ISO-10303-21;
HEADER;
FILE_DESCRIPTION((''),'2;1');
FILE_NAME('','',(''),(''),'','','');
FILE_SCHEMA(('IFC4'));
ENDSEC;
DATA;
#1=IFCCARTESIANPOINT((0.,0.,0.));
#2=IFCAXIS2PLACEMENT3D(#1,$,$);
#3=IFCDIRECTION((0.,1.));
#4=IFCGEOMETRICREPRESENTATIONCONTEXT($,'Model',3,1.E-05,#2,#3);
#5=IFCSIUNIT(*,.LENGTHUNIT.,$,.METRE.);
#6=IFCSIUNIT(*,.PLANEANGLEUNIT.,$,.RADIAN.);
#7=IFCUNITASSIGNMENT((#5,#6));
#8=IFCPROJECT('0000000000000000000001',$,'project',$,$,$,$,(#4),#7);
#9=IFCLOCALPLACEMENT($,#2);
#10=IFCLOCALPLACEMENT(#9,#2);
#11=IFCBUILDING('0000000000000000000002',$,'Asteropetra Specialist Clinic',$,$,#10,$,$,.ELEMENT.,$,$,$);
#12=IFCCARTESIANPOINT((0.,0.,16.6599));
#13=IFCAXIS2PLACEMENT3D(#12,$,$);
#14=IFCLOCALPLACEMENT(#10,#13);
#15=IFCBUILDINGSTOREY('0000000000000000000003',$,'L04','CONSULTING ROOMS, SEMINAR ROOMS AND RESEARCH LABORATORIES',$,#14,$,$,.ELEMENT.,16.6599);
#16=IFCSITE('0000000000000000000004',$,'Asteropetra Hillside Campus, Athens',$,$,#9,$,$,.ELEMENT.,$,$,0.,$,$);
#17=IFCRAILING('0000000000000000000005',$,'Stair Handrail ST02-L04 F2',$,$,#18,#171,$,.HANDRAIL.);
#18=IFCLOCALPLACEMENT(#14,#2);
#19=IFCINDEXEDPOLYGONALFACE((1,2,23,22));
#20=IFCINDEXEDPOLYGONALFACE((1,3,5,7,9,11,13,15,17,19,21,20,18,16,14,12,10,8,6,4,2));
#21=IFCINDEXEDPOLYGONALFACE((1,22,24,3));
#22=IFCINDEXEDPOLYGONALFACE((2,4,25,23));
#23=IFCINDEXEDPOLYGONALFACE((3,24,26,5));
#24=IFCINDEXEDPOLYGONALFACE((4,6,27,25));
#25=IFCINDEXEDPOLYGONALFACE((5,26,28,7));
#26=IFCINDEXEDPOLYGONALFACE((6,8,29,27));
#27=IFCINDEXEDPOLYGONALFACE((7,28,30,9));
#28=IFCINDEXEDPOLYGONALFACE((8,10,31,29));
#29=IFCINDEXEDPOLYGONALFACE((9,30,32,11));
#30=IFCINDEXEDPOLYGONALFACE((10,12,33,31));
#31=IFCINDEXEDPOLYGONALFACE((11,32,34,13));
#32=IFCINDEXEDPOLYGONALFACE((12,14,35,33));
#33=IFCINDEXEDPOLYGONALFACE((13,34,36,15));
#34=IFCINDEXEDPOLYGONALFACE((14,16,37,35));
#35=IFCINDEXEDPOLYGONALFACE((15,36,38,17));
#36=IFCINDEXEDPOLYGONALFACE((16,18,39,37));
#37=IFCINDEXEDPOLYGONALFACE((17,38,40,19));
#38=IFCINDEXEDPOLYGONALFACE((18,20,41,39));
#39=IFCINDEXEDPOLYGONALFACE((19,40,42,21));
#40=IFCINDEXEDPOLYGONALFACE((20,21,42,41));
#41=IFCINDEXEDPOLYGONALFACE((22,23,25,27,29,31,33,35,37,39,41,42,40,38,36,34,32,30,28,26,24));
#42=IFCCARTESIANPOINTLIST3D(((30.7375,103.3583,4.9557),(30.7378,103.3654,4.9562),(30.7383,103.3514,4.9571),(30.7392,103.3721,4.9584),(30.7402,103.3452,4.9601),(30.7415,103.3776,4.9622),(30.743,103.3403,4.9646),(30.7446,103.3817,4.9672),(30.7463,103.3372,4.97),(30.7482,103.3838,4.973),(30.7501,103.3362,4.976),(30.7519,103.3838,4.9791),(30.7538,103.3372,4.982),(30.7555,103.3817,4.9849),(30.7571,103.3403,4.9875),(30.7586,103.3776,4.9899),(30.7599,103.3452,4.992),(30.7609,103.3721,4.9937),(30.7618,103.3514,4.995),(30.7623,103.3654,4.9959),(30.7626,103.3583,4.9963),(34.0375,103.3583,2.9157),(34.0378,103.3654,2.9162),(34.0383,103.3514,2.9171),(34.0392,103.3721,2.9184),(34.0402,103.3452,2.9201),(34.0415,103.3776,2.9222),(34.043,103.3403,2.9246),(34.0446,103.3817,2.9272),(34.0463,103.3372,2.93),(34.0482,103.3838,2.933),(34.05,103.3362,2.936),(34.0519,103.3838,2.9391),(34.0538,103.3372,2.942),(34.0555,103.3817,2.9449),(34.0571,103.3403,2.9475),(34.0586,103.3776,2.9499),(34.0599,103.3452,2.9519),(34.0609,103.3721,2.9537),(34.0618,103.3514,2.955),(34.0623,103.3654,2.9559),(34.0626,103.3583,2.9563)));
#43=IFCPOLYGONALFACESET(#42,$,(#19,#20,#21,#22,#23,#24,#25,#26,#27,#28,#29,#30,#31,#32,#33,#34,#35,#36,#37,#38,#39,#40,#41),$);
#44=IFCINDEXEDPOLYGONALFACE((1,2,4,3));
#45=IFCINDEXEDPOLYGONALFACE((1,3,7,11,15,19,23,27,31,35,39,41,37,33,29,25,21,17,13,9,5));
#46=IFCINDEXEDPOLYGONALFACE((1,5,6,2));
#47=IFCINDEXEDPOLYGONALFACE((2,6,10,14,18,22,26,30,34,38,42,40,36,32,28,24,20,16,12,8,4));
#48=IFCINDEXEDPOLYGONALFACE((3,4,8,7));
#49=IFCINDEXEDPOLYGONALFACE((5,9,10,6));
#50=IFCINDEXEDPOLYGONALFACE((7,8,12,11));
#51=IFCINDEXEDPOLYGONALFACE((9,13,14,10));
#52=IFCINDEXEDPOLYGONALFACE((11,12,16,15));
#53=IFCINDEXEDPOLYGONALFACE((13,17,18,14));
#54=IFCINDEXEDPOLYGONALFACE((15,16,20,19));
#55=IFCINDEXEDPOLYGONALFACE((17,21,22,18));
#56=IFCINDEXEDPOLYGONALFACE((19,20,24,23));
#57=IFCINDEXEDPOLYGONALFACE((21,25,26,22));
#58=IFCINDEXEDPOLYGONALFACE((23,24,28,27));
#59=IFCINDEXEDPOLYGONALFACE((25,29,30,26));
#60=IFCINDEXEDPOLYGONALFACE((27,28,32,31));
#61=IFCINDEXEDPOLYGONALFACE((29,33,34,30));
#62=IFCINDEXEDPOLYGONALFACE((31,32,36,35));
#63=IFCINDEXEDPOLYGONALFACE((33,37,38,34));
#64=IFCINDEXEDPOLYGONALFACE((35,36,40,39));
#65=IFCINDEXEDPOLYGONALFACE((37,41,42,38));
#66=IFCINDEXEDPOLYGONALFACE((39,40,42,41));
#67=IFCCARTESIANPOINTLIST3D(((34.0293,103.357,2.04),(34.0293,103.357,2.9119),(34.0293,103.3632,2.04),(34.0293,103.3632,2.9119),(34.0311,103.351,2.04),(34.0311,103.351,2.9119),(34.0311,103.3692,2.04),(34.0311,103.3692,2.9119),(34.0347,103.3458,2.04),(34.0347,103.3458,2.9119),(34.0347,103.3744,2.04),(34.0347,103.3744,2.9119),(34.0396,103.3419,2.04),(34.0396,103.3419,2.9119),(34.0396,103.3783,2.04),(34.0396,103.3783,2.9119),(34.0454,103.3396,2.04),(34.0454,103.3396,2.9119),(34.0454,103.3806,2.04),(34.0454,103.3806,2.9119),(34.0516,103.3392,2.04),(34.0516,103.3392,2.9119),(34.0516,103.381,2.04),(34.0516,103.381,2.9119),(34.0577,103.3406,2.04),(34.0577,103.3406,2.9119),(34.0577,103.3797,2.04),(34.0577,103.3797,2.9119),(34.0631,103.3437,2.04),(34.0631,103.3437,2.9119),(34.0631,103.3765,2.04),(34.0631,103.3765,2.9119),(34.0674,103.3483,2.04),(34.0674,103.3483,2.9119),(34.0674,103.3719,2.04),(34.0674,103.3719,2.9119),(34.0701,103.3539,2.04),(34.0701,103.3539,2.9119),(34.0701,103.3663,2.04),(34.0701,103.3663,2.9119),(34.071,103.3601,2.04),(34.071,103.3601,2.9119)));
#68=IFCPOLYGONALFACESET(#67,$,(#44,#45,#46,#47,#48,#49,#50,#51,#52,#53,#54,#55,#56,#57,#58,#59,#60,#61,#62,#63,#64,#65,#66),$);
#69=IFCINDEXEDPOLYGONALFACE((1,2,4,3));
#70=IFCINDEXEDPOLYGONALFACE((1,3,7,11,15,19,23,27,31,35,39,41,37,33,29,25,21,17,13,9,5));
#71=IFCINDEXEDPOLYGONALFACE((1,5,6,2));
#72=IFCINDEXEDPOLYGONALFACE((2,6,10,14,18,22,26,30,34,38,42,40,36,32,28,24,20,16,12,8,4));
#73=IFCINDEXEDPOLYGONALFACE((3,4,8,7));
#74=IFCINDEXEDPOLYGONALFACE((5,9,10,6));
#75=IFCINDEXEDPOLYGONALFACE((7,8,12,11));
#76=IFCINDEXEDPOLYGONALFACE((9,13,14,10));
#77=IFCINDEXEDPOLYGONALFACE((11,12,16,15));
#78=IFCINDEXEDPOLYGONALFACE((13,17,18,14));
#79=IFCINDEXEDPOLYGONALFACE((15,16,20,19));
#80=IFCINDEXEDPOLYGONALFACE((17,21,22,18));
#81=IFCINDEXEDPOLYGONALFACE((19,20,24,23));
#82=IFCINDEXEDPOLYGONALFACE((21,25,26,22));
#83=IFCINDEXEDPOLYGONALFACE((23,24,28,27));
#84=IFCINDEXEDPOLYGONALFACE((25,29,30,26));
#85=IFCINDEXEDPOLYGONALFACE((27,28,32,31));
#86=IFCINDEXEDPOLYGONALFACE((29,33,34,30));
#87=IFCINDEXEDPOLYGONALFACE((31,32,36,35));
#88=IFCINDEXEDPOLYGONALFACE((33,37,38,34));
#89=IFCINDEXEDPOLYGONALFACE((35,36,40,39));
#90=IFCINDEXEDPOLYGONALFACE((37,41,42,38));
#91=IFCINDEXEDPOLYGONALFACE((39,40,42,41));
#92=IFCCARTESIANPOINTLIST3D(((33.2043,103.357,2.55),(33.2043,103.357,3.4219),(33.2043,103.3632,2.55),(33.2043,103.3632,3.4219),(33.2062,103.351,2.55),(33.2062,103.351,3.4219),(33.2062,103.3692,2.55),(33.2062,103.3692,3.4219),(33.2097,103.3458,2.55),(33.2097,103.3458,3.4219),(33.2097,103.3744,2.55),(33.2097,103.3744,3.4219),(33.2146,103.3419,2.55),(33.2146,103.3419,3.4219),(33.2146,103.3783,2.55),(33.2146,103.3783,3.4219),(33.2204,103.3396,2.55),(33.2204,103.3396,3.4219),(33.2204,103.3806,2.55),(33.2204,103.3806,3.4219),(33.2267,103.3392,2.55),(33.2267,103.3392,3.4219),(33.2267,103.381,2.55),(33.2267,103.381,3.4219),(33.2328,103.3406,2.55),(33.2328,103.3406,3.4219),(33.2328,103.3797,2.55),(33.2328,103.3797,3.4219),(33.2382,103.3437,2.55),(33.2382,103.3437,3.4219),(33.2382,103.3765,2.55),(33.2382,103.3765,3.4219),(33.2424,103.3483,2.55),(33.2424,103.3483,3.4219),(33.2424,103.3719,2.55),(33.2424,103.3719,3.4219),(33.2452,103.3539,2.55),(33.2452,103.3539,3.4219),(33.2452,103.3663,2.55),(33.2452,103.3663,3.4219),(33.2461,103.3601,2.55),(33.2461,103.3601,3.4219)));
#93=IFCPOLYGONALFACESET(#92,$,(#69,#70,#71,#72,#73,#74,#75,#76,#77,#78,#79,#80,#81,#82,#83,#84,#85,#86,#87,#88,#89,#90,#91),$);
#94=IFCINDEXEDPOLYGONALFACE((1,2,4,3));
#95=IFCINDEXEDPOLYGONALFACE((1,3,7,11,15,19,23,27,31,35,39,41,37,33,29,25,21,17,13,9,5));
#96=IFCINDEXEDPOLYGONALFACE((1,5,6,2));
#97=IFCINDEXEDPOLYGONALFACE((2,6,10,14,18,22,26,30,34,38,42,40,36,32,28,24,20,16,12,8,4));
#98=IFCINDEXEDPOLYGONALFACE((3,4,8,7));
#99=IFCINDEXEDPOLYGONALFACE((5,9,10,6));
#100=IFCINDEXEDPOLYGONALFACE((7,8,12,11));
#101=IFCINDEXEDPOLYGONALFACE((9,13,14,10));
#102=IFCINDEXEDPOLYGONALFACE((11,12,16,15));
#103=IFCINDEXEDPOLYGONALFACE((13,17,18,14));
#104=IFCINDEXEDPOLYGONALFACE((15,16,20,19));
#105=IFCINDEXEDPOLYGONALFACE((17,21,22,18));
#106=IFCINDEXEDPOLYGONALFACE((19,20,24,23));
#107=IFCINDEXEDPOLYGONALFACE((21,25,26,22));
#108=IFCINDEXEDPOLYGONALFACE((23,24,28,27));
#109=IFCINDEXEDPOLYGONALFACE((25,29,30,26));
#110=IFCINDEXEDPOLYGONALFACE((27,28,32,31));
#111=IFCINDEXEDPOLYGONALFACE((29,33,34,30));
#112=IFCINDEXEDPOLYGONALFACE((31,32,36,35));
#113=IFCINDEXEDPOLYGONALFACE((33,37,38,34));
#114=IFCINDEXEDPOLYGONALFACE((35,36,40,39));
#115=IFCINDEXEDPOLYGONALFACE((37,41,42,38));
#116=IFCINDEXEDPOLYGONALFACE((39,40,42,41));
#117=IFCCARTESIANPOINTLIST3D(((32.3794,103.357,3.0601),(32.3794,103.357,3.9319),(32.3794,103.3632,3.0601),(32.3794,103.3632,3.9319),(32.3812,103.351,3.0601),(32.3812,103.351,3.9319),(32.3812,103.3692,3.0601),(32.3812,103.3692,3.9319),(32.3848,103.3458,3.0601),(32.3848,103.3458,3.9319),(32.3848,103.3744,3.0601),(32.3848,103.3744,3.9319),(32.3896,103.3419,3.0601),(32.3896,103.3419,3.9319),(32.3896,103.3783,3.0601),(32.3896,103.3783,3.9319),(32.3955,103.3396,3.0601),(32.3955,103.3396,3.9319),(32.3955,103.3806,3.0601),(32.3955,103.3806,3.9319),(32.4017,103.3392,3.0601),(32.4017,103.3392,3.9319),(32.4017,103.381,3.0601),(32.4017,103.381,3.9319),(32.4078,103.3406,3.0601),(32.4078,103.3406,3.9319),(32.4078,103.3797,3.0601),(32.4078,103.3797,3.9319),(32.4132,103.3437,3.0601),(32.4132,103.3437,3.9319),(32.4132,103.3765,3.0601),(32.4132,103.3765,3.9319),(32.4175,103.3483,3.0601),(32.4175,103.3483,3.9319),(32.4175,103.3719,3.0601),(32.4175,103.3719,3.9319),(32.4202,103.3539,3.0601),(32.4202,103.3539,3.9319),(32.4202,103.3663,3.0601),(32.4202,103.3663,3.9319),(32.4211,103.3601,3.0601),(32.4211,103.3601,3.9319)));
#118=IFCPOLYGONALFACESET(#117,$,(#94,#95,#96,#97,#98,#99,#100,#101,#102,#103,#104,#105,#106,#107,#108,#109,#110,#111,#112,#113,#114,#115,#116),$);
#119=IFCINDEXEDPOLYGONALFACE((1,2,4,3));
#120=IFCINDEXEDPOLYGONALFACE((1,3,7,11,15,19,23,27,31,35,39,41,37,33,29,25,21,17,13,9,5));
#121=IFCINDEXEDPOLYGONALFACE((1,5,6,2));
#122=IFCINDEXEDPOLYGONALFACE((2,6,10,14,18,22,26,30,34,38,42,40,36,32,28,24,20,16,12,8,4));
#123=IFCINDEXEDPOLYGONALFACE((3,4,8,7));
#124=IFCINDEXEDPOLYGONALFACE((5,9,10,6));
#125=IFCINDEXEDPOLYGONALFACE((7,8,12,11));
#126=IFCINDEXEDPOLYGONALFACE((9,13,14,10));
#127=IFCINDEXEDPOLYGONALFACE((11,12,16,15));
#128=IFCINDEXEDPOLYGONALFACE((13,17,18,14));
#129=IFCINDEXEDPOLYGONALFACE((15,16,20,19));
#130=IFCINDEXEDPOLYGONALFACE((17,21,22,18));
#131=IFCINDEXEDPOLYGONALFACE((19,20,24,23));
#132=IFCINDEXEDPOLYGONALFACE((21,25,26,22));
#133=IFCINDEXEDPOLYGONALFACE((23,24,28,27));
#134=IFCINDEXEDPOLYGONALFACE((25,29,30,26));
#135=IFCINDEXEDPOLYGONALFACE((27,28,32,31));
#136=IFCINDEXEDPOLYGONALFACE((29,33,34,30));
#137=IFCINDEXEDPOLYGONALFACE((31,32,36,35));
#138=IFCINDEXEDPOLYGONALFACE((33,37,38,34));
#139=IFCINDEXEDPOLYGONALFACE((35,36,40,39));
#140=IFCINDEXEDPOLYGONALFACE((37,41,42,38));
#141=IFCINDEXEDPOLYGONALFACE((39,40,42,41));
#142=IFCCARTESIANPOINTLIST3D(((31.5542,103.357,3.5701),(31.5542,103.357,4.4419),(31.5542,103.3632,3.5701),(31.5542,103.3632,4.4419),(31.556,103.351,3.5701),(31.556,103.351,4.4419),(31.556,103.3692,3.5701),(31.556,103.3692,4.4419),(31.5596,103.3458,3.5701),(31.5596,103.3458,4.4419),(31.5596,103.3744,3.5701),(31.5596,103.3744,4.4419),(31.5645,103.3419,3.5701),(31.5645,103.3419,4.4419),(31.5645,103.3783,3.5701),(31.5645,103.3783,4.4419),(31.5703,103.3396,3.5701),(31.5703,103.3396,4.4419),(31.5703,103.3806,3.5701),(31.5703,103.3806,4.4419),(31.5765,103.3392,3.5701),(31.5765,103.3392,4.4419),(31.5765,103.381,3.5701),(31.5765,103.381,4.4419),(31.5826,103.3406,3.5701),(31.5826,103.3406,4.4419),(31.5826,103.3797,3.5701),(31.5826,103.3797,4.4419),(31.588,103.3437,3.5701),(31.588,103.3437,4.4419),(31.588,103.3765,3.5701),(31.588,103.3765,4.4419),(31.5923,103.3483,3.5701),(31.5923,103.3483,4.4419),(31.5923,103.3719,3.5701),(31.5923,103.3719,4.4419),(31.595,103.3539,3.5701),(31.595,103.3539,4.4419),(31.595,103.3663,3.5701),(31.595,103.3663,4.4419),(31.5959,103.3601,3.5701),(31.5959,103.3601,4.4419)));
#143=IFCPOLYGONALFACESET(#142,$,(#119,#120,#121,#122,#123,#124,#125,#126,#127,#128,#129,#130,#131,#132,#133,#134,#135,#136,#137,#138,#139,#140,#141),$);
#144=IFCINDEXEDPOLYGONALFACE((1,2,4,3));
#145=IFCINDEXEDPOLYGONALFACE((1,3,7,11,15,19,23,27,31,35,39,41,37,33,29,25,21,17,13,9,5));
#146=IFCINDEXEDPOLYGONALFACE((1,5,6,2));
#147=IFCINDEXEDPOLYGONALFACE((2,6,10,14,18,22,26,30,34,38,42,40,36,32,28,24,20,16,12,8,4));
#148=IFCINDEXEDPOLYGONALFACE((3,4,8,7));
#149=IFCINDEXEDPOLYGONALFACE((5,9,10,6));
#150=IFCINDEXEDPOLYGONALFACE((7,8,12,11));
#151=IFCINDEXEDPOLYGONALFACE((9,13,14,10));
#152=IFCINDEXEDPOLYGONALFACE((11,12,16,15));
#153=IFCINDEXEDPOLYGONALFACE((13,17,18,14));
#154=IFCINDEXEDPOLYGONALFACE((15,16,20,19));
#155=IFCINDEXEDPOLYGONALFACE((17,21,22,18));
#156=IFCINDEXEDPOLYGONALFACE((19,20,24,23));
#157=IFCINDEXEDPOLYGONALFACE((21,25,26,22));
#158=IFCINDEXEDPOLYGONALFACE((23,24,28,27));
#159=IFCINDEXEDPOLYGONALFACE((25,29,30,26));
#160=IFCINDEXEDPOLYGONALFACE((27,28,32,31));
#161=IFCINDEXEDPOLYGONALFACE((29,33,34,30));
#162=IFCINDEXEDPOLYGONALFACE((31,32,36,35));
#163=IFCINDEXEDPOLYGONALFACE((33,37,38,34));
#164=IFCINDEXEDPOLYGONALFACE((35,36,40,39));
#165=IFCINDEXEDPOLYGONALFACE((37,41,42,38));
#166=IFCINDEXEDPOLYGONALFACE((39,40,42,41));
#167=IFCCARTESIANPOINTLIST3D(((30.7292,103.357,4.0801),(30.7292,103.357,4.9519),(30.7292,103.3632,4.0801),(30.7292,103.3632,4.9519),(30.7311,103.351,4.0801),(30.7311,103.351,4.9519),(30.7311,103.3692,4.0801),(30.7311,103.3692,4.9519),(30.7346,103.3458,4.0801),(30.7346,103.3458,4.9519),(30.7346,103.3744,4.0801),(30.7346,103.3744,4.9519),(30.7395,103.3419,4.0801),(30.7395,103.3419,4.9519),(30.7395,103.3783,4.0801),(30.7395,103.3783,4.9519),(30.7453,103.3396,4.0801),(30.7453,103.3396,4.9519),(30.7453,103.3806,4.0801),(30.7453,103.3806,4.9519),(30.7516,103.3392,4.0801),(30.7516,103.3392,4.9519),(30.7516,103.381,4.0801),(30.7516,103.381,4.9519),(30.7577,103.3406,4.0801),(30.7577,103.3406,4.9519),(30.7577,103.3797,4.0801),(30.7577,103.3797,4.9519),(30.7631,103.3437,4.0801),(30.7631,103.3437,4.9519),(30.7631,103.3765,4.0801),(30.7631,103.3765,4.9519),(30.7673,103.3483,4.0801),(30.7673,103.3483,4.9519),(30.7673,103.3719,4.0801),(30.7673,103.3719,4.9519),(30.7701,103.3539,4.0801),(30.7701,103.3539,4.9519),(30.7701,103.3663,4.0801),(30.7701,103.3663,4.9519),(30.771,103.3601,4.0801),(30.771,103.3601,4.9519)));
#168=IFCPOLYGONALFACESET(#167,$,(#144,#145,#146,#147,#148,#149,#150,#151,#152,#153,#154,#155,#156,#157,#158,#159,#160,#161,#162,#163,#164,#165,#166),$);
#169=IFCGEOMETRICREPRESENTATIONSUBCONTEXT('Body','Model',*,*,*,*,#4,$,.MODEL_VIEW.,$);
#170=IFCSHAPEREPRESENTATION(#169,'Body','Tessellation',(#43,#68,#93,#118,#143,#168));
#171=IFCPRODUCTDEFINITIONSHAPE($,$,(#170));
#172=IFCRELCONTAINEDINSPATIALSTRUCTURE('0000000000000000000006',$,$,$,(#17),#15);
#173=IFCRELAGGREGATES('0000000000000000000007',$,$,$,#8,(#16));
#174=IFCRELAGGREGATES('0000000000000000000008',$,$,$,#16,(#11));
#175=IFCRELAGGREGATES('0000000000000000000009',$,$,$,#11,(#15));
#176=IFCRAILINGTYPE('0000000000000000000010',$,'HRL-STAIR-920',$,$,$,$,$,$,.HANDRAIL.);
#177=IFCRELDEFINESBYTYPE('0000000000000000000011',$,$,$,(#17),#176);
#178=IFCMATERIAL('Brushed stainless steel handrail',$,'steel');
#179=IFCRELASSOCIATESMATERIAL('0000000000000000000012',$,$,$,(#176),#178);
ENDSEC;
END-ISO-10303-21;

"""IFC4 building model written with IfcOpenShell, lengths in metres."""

from ifc_helpers import new_model, si_unit, direction, frame, origin, origin_2d, place, context, subcontext, project, spatial, circle, extrude, material, type_object, element, save


model = new_model("IFC4")

# Units and contexts
model_context = context("Model", 3, precision=1e-05, world=origin(), true_north=direction((0.0, 1.0)))
body_context = subcontext(model_context, "Body", "Model", "MODEL_VIEW")
ifc_project = project(units=[si_unit("LENGTHUNIT", "METRE"), si_unit("PLANEANGLEUNIT", "RADIAN")], contexts=[model_context])

# Site, building, storey
site_placement = place(None, origin())
site = spatial("IfcSite", under=ifc_project, at=site_placement, Name="Asteropetra Hillside Campus, Athens", CompositionType="ELEMENT", RefElevation=0.0)
building_placement = place(site_placement, origin())
building = spatial("IfcBuilding", under=site, at=building_placement, Name="Asteropetra Specialist Clinic", CompositionType="ELEMENT")
storey_placement = place(building_placement, frame((0.0, 0.0, 16.6599)))
storey = spatial("IfcBuildingStorey", under=building, at=storey_placement, Name="L04", Description="CONSULTING ROOMS, SEMINAR ROOMS AND RESEARCH LABORATORIES", CompositionType="ELEMENT", Elevation=16.6599)

# Railing
ifc_material_1 = material(Name="Brushed stainless steel handrail", Category="steel")
railing_type_1 = type_object("IfcRailingType", Name="HRL-STAIR-920", PredefinedType="HANDRAIL", material=ifc_material_1)
railing_1_placement = place(storey_placement, frame((34.05, 103.3601, 2.04)))
element("IfcRailing", 1, at=railing_1_placement, inside=storey, type_object=railing_type_1, Name="Stair Handrail ST02-L04 F2", PredefinedType="HANDRAIL", context=body_context, shape_type="SweptSolid", body=[
    extrude(circle(Radius=0.0239, at=origin_2d()), frame((0.0, 0.0, 0.896), z_axis=(-0.850594, 0.0, 0.525824), x_axis=(0.0, -1.0, 0.0)), (0.0, 0.0, 1.0), 3.8796),
    extrude(circle(Radius=0.021, at=origin_2d()), origin(), (0.0, 0.0, 1.0), 0.8718),
    extrude(circle(Radius=0.021, at=origin_2d()), frame((-0.825, 0.0, 0.51)), (0.0, 0.0, 1.0), 0.8718),
    extrude(circle(Radius=0.021, at=origin_2d()), frame((-1.6499, 0.0, 1.02)), (0.0, 0.0, 1.0), 0.8718),
    extrude(circle(Radius=0.021, at=origin_2d()), frame((-2.4751, 0.0, 1.53)), (0.0, 0.0, 1.0), 0.8718),
    extrude(circle(Radius=0.021, at=origin_2d()), frame((-3.3, 0.0, 2.04)), (0.0, 0.0, 1.0), 0.8718),
])

save(model, "model.ifc")
